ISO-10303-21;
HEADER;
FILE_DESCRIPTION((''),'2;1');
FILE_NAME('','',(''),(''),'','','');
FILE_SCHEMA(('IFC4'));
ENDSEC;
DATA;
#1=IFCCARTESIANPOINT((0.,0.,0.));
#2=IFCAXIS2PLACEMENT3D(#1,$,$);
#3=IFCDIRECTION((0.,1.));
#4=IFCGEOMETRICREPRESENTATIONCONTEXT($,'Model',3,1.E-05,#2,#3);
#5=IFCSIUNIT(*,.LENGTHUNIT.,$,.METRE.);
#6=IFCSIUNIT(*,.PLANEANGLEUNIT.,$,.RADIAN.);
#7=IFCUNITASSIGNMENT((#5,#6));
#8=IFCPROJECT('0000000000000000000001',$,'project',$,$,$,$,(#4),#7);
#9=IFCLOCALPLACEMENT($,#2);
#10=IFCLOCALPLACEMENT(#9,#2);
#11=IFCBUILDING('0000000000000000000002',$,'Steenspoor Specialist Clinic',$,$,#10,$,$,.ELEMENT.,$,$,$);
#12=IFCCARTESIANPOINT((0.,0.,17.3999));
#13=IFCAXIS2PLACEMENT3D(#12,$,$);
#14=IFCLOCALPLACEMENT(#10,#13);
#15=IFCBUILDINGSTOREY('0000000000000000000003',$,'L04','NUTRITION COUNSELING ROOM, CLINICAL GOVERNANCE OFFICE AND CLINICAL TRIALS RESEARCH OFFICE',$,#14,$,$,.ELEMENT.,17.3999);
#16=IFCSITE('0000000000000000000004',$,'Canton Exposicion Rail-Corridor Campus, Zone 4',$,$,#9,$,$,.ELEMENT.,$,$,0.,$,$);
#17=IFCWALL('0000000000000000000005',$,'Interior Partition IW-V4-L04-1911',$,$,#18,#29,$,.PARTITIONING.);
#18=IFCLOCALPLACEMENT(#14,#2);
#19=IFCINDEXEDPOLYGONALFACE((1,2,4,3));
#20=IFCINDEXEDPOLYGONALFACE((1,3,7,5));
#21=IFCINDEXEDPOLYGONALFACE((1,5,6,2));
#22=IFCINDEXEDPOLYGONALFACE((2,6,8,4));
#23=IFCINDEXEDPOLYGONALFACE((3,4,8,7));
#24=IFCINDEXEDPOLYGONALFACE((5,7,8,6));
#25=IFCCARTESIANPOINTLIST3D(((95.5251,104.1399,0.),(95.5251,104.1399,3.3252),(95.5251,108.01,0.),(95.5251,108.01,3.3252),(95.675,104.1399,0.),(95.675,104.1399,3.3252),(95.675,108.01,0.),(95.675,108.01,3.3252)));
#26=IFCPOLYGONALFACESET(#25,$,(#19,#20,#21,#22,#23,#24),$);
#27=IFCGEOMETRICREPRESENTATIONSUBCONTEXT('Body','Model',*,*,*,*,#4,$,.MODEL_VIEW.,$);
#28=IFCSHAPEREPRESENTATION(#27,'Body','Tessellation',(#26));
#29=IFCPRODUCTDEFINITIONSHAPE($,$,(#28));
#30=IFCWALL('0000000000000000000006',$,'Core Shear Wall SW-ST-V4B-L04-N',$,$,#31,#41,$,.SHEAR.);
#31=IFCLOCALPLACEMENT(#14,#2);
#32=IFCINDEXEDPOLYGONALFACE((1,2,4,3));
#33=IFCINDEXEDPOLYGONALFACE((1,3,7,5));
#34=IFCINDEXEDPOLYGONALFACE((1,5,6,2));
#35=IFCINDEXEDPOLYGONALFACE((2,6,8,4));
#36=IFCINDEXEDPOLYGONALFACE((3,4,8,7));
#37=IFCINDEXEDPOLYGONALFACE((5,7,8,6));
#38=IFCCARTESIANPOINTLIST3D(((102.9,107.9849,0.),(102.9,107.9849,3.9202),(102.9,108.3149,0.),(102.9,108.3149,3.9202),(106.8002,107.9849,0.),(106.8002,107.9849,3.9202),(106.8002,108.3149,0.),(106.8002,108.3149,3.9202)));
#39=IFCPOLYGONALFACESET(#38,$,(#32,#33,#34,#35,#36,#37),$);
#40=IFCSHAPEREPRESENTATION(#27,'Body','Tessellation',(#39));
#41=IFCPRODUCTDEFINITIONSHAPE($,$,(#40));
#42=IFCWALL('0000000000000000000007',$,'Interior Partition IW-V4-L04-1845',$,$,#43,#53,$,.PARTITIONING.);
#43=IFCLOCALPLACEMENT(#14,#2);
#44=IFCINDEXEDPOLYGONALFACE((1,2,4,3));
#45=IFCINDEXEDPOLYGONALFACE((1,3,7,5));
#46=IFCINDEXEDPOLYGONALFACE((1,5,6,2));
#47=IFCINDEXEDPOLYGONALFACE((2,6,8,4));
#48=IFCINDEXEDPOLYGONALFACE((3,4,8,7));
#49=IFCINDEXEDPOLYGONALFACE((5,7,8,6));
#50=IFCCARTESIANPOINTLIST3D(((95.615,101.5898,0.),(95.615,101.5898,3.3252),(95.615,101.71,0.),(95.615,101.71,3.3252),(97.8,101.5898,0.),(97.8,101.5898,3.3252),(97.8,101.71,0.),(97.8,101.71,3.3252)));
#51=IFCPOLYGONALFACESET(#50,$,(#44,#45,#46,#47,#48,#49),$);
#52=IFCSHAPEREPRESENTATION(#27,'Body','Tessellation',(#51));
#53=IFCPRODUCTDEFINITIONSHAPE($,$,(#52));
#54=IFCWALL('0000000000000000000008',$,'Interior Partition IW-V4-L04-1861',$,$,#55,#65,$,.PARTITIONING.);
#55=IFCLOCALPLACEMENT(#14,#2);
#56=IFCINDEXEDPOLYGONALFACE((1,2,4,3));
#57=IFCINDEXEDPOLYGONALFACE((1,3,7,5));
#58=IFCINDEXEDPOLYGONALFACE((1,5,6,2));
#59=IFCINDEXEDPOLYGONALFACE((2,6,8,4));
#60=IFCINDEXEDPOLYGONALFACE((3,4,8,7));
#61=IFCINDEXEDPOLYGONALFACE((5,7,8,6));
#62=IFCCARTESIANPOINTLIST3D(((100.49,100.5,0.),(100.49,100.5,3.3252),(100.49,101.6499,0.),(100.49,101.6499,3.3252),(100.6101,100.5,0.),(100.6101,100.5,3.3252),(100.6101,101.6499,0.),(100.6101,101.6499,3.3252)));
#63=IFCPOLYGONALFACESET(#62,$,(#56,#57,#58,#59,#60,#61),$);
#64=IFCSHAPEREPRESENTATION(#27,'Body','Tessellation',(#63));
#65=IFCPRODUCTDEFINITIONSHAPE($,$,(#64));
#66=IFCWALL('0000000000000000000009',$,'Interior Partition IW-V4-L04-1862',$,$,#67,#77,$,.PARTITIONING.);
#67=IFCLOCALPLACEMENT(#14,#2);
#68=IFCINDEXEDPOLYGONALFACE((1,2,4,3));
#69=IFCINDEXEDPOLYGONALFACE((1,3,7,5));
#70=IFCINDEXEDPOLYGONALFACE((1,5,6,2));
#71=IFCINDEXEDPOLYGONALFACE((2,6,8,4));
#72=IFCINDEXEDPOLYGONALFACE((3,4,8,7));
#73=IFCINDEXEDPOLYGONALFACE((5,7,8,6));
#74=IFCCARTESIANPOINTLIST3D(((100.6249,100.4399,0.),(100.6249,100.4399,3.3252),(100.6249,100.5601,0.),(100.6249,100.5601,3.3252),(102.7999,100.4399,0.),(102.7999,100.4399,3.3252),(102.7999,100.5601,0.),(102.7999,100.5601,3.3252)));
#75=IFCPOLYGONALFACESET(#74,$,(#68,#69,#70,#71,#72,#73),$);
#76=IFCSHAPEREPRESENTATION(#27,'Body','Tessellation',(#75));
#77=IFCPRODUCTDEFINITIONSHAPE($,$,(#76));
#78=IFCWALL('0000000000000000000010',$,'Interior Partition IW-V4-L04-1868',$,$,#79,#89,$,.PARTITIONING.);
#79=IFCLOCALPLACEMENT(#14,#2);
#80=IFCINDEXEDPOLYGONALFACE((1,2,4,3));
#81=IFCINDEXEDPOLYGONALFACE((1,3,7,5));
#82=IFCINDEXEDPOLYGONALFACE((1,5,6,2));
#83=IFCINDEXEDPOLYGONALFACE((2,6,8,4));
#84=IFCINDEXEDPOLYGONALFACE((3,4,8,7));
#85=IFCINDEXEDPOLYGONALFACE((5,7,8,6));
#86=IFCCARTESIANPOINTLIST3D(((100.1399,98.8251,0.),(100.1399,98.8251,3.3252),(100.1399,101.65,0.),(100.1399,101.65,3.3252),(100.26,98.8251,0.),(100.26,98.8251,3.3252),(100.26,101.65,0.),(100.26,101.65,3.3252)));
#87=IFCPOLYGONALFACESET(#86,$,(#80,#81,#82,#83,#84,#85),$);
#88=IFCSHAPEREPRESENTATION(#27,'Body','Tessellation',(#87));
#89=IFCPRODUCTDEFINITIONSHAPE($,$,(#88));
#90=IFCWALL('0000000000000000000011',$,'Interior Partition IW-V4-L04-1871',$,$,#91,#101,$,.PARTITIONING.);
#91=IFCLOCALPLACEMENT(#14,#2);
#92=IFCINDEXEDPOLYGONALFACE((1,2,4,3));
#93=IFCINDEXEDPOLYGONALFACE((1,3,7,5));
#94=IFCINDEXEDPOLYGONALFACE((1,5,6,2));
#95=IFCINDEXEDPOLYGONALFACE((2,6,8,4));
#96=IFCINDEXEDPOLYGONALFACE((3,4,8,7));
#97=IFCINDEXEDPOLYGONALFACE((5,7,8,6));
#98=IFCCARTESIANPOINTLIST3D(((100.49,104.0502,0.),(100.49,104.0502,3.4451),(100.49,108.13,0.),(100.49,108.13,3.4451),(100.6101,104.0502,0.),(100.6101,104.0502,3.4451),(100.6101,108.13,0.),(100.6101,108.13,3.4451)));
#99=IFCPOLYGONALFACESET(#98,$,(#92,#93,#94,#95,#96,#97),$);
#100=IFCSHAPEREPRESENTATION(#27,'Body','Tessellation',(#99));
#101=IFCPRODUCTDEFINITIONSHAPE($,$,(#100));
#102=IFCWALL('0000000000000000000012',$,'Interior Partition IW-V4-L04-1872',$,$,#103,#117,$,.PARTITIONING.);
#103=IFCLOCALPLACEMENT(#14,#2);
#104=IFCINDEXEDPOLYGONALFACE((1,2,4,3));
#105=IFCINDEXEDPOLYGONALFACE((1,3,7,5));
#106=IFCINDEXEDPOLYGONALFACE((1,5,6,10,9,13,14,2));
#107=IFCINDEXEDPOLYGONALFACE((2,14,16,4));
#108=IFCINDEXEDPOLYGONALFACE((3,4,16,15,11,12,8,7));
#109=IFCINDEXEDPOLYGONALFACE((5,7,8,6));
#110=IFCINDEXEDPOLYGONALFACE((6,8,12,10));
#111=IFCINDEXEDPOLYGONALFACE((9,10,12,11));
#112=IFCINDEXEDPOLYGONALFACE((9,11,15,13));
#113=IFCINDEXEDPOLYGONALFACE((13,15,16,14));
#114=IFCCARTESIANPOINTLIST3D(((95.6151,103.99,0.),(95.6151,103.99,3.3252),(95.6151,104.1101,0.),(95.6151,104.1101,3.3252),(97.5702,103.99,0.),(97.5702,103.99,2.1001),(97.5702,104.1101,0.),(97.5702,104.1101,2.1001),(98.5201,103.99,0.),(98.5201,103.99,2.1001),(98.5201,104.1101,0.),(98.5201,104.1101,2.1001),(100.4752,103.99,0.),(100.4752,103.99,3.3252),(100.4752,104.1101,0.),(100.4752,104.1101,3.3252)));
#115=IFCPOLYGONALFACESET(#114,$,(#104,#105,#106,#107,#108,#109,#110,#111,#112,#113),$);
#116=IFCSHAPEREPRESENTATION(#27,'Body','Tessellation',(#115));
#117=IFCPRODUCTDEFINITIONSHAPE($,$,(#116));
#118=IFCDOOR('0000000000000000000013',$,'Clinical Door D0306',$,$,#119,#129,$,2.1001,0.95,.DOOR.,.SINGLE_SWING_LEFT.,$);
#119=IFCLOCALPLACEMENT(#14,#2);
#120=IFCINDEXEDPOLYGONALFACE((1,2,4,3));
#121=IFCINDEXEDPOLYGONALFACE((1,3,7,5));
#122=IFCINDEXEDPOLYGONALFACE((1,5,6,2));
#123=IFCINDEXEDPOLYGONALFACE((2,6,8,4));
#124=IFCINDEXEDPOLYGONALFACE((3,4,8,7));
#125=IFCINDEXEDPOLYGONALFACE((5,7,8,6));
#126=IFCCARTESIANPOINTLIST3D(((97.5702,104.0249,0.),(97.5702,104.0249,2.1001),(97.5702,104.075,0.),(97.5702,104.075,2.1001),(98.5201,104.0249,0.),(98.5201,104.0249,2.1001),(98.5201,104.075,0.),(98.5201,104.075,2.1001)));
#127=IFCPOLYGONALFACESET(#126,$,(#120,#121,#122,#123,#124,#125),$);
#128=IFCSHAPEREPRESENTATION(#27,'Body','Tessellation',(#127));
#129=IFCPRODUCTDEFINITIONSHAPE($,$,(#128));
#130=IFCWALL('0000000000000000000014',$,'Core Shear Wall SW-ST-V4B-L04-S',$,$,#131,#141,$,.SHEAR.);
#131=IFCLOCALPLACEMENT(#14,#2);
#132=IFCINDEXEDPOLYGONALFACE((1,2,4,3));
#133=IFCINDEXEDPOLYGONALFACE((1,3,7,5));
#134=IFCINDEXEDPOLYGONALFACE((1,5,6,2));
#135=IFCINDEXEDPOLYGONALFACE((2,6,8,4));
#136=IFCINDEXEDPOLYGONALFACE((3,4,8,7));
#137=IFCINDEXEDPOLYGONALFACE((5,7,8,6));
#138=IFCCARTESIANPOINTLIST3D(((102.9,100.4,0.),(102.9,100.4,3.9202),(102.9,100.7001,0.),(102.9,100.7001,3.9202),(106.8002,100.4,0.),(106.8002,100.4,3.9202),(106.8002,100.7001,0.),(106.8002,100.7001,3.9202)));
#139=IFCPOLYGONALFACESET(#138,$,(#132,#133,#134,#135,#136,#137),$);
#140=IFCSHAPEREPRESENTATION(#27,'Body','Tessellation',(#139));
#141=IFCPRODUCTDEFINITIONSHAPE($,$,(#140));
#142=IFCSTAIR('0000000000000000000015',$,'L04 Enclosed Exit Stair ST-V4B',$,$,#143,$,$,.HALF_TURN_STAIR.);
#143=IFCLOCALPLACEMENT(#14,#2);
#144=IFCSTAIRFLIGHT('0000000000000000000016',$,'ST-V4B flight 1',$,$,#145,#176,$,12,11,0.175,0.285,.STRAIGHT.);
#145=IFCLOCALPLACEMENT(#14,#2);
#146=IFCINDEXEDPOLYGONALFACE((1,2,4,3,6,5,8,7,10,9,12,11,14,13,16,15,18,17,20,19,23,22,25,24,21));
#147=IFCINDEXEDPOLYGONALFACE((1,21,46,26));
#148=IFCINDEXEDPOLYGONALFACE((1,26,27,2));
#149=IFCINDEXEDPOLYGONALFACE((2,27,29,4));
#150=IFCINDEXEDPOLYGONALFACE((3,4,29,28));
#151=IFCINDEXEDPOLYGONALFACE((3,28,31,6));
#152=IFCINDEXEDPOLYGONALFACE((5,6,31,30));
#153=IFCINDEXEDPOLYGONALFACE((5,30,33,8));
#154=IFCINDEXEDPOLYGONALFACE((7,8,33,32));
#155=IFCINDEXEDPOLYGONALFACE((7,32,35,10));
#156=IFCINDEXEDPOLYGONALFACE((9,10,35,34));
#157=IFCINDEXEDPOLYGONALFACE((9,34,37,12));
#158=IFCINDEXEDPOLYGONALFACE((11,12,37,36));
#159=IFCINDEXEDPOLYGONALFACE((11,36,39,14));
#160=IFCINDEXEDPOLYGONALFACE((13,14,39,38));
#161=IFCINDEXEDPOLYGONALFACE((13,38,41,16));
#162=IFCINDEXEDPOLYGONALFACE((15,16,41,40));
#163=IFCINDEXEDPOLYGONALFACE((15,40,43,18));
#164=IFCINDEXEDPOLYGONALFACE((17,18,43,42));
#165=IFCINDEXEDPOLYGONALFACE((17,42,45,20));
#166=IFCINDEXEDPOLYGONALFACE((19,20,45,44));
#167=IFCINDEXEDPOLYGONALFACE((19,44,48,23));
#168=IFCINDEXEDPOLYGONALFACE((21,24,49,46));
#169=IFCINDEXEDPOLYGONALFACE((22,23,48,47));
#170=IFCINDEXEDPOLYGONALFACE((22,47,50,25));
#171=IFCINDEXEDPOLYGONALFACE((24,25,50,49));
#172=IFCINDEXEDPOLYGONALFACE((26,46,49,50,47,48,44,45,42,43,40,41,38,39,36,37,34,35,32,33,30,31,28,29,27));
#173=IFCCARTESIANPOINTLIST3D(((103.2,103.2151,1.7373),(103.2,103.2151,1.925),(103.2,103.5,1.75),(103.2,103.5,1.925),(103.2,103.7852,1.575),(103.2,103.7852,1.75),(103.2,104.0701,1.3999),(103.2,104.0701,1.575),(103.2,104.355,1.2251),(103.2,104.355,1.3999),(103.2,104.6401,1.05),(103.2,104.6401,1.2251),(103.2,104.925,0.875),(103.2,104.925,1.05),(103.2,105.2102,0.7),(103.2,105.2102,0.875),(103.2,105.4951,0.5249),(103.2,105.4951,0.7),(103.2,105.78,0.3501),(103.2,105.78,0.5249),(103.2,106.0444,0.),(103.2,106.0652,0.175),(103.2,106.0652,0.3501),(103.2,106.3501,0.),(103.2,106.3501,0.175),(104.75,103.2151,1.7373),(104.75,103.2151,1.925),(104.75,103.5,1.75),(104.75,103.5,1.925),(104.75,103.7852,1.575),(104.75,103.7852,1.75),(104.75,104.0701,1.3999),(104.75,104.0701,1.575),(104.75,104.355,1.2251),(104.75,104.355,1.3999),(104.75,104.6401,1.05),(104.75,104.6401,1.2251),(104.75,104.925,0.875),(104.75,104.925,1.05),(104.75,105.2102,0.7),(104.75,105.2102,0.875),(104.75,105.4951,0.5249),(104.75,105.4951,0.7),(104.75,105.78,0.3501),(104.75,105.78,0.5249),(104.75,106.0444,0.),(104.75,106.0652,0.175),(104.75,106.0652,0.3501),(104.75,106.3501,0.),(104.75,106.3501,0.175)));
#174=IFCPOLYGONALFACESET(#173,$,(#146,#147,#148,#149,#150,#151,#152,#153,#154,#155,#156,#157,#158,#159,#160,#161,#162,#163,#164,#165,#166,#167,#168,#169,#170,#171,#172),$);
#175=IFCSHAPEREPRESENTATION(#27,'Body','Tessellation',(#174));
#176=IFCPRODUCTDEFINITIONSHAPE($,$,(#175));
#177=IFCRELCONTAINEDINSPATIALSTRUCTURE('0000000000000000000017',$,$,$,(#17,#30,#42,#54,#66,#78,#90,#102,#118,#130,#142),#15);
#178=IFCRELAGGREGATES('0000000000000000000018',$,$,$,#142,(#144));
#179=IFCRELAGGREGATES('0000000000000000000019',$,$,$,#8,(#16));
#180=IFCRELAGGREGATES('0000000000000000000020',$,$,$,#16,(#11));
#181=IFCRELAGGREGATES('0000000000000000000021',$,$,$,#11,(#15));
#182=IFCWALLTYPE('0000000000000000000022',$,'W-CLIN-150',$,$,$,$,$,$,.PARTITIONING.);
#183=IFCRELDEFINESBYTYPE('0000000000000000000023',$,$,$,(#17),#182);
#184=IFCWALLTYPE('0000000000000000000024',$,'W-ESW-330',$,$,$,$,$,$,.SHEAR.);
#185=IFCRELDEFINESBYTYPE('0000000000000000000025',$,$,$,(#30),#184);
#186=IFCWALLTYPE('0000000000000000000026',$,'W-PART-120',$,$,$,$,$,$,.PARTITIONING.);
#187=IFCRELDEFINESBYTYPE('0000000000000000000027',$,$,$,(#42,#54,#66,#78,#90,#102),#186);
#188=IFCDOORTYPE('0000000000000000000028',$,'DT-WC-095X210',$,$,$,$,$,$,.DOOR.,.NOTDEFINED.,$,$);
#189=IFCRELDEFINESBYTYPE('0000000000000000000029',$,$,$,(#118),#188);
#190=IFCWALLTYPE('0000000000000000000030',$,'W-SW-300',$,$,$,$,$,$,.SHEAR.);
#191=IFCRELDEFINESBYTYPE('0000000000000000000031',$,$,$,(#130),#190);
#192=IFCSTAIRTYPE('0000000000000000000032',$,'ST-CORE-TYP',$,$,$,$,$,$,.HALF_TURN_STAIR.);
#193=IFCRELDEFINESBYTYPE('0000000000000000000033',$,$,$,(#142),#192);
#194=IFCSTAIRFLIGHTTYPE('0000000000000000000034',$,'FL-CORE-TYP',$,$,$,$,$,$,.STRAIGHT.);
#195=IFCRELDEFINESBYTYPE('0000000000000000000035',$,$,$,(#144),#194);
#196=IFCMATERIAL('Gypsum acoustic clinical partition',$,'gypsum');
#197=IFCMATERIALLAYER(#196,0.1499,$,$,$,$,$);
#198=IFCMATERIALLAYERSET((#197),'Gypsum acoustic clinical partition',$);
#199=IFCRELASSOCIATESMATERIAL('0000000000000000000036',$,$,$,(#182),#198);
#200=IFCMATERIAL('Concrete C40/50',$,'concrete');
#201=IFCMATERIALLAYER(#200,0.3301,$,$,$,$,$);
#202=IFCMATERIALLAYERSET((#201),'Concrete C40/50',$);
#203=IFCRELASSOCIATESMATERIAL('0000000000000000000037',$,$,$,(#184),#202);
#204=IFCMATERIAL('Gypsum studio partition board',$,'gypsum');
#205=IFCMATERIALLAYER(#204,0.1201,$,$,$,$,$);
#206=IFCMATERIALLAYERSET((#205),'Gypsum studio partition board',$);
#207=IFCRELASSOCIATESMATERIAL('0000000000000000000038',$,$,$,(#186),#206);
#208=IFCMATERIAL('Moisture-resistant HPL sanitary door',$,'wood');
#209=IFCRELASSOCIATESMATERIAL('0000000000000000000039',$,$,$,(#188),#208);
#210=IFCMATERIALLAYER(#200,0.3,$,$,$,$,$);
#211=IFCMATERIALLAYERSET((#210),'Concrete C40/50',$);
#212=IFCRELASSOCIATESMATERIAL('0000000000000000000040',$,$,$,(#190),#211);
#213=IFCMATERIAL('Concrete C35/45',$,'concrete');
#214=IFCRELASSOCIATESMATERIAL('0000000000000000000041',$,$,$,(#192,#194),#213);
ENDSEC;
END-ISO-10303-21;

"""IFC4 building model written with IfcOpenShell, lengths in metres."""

from ifc_helpers import new_model, si_unit, direction, frame, frame_2d, origin, place, context, subcontext, project, spatial, polyline, rectangle, outline, extrude, material, layer, layer_set, type_object, element, fill, aggregate, save


model = new_model("IFC4")

# Units and contexts
model_context = context("Model", 3, precision=1e-05, world=origin(), true_north=direction((0.0, 1.0)))
body_context = subcontext(model_context, "Body", "Model", "MODEL_VIEW")
ifc_project = project(units=[si_unit("LENGTHUNIT", "METRE"), si_unit("PLANEANGLEUNIT", "RADIAN")], contexts=[model_context])

# Site, building, storey
site_placement = place(None, origin())
site = spatial("IfcSite", under=ifc_project, at=site_placement, Name="Canton Exposicion Rail-Corridor Campus, Zone 4", CompositionType="ELEMENT", RefElevation=0.0)
building_placement = place(site_placement, origin())
building = spatial("IfcBuilding", under=site, at=building_placement, Name="Steenspoor Specialist Clinic", CompositionType="ELEMENT")
storey_placement = place(building_placement, frame((0.0, 0.0, 17.3999)))
storey = spatial("IfcBuildingStorey", under=building, at=storey_placement, Name="L04", Description="NUTRITION COUNSELING ROOM, CLINICAL GOVERNANCE OFFICE AND CLINICAL TRIALS RESEARCH OFFICE", CompositionType="ELEMENT", Elevation=17.3999)

# Shared definitions
ifc_material_1 = material(Name="Concrete C40/50", Category="concrete")

# Shared definitions
ifc_material_2 = material(Name="Concrete C35/45", Category="concrete")

# Walls
ifc_material_3 = material(Name="Gypsum acoustic clinical partition", Category="gypsum")
ifc_layer_1 = layer(ifc_material_3, 0.1499)
ifc_layer_set_1 = layer_set([ifc_layer_1], Name="Gypsum acoustic clinical partition")
wall_type_1 = type_object("IfcWallType", Name="W-CLIN-150", PredefinedType="PARTITIONING", material=ifc_layer_set_1)
wall_1_placement = place(storey_placement, frame((95.6001, 104.1399, 0.0), z_axis=(0.0, 0.0, 1.0), x_axis=(0.0, 1.0, 0.0)))
element("IfcWall", 1, at=wall_1_placement, inside=storey, type_object=wall_type_1, Name="Interior Partition IW-V4-L04-1911", PredefinedType="PARTITIONING", context=body_context, shape_type="SweptSolid", body=[
    extrude(rectangle(XDim=3.8701, YDim=0.1499, at=frame_2d((1.9351, 0.0))), origin(), (0.0, 0.0, 1.0), 3.3252),
])
ifc_layer_2 = layer(ifc_material_1, 0.3301)
ifc_layer_set_2 = layer_set([ifc_layer_2], Name="Concrete C40/50")
wall_type_2 = type_object("IfcWallType", Name="W-ESW-330", PredefinedType="SHEAR", material=ifc_layer_set_2)
wall_2_placement = place(storey_placement, frame((102.8999, 108.1499, 0.0), z_axis=(0.0, 0.0, 1.0), x_axis=(1.0, 0.0, 0.0)))
element("IfcWall", 2, at=wall_2_placement, inside=storey, type_object=wall_type_2, Name="Core Shear Wall SW-ST-V4B-L04-N", PredefinedType="SHEAR", context=body_context, shape_type="SweptSolid", body=[
    extrude(rectangle(XDim=3.9001, YDim=0.3301, at=frame_2d((1.9502, 0.0))), origin(), (0.0, 0.0, 1.0), 3.9202),
])
ifc_material_4 = material(Name="Gypsum studio partition board", Category="gypsum")
ifc_layer_3 = layer(ifc_material_4, 0.1201)
ifc_layer_set_3 = layer_set([ifc_layer_3], Name="Gypsum studio partition board")
wall_type_3 = type_object("IfcWallType", Name="W-PART-120", PredefinedType="PARTITIONING", material=ifc_layer_set_3)
wall_3_placement = place(storey_placement, frame((95.615, 101.6499, 0.0), z_axis=(0.0, 0.0, 1.0), x_axis=(1.0, 0.0, 0.0)))
element("IfcWall", 3, at=wall_3_placement, inside=storey, type_object=wall_type_3, Name="Interior Partition IW-V4-L04-1845", PredefinedType="PARTITIONING", context=body_context, shape_type="SweptSolid", body=[
    extrude(rectangle(XDim=2.1851, YDim=0.1201, at=frame_2d((1.0925, 0.0))), origin(), (0.0, 0.0, 1.0), 3.3252),
])
wall_4_placement = place(storey_placement, frame((100.55, 100.5, 0.0), z_axis=(0.0, 0.0, 1.0), x_axis=(0.0, 1.0, 0.0)))
element("IfcWall", 4, at=wall_4_placement, inside=storey, type_object=wall_type_3, Name="Interior Partition IW-V4-L04-1861", PredefinedType="PARTITIONING", context=body_context, shape_type="SweptSolid", body=[
    extrude(rectangle(XDim=1.1499, YDim=0.1201, at=frame_2d((0.575, 0.0))), origin(), (0.0, 0.0, 1.0), 3.3252),
])
wall_5_placement = place(storey_placement, frame((100.625, 100.5, 0.0), z_axis=(0.0, 0.0, 1.0), x_axis=(1.0, 0.0, 0.0)))
element("IfcWall", 5, at=wall_5_placement, inside=storey, type_object=wall_type_3, Name="Interior Partition IW-V4-L04-1862", PredefinedType="PARTITIONING", context=body_context, shape_type="SweptSolid", body=[
    extrude(rectangle(XDim=2.175, YDim=0.1201, at=frame_2d((1.0874, 0.0))), origin(), (0.0, 0.0, 1.0), 3.3252),
])
wall_6_placement = place(storey_placement, frame((100.2, 98.825, 0.0), z_axis=(0.0, 0.0, 1.0), x_axis=(0.0, 1.0, 0.0)))
element("IfcWall", 6, at=wall_6_placement, inside=storey, type_object=wall_type_3, Name="Interior Partition IW-V4-L04-1868", PredefinedType="PARTITIONING", context=body_context, shape_type="SweptSolid", body=[
    extrude(rectangle(XDim=2.825, YDim=0.1201, at=frame_2d((1.4126, 0.0))), origin(), (0.0, 0.0, 1.0), 3.3252),
])
wall_7_placement = place(storey_placement, frame((100.55, 104.05, 0.0), z_axis=(0.0, 0.0, 1.0), x_axis=(0.0, 1.0, 0.0)))
element("IfcWall", 7, at=wall_7_placement, inside=storey, type_object=wall_type_3, Name="Interior Partition IW-V4-L04-1871", PredefinedType="PARTITIONING", context=body_context, shape_type="SweptSolid", body=[
    extrude(rectangle(XDim=4.0798, YDim=0.1201, at=frame_2d((2.04, 0.0))), origin(), (0.0, 0.0, 1.0), 3.4451),
])

# Wall, opening, door
wall_8_placement = place(storey_placement, frame((95.615, 104.05, 0.0), z_axis=(0.0, 0.0, 1.0), x_axis=(1.0, 0.0, 0.0)))
wall_8 = element("IfcWall", 8, at=wall_8_placement, inside=storey, type_object=wall_type_3, Name="Interior Partition IW-V4-L04-1872", PredefinedType="PARTITIONING", context=body_context, shape_type="SweptSolid", body=[
    extrude(rectangle(XDim=4.8601, YDim=0.1201, at=frame_2d((2.4302, 0.0))), origin(), (0.0, 0.0, 1.0), 3.3252),
])
opening_1_placement = place(wall_8_placement, frame((1.9551, 0.0, 0.0)))
opening_1 = element("IfcOpeningElement", 9, at=opening_1_placement, cuts=wall_8, PredefinedType="OPENING", context=body_context, shape_type="SweptSolid", body=[
    extrude(rectangle(XDim=0.95, YDim=2.1001, at=frame_2d((0.4751, 1.05))), frame((0.0, 0.0701, 0.0), z_axis=(0.0, -1.0, 0.0), x_axis=(1.0, 0.0, 0.0)), (0.0, 0.0, 1.0), 0.1401),
])
ifc_material_5 = material(Name="Moisture-resistant HPL sanitary door", Category="wood")
door_type_1 = type_object("IfcDoorType", Name="DT-WC-095X210", OperationType="NOTDEFINED", PredefinedType="DOOR", material=ifc_material_5)
door_1_placement = place(opening_1_placement, origin())
door_1 = element("IfcDoor", 10, at=door_1_placement, inside=storey, type_object=door_type_1, Name="Clinical Door D0306", OperationType="SINGLE_SWING_LEFT", OverallHeight=2.1001, OverallWidth=0.95, PredefinedType="DOOR", context=body_context, shape_type="SweptSolid", body=[
    extrude(rectangle(XDim=0.95, YDim=2.1001, at=frame_2d((0.4751, 1.05))), frame((0.0, 0.0249, 0.0), z_axis=(0.0, -1.0, 0.0), x_axis=(1.0, 0.0, 0.0)), (0.0, 0.0, 1.0), 0.05),
])
fill(opening_1, door_1)

# Wall
ifc_layer_4 = layer(ifc_material_1, 0.3)
ifc_layer_set_4 = layer_set([ifc_layer_4], Name="Concrete C40/50")
wall_type_4 = type_object("IfcWallType", Name="W-SW-300", PredefinedType="SHEAR", material=ifc_layer_set_4)
wall_9_placement = place(storey_placement, frame((102.8999, 100.55, 0.0), z_axis=(0.0, 0.0, 1.0), x_axis=(1.0, 0.0, 0.0)))
element("IfcWall", 11, at=wall_9_placement, inside=storey, type_object=wall_type_4, Name="Core Shear Wall SW-ST-V4B-L04-S", PredefinedType="SHEAR", context=body_context, shape_type="SweptSolid", body=[
    extrude(rectangle(XDim=3.9001, YDim=0.3, at=frame_2d((1.9502, 0.0))), origin(), (0.0, 0.0, 1.0), 3.9202),
])

# Stair, stair flight
stair_type = type_object("IfcStairType", Name="ST-CORE-TYP", PredefinedType="HALF_TURN_STAIR", material=ifc_material_2)
stair_placement = place(storey_placement, origin())
stair = element("IfcStair", 12, at=stair_placement, inside=storey, type_object=stair_type, Name="L04 Enclosed Exit Stair ST-V4B", PredefinedType="HALF_TURN_STAIR")
stair_flight_type = type_object("IfcStairFlightType", Name="FL-CORE-TYP", PredefinedType="STRAIGHT", material=ifc_material_2)
stair_flight_placement = place(storey_placement, frame((103.9751, 106.3501, 0.0), z_axis=(0.0, 0.0, 1.0), x_axis=(0.0, -1.0, 0.0)))
stair_flight = element("IfcStairFlight", 13, at=stair_flight_placement, type_object=stair_flight_type, Name="ST-V4B flight 1", NumberOfRisers=12, NumberOfTreads=11, PredefinedType="STRAIGHT", RiserHeight=0.175, TreadLength=0.285, context=body_context, shape_type="SweptSolid", body=[
    extrude(outline(polyline([(0.0, 0.0), (0.0, 0.175), (0.2849, 0.175), (0.2849, 0.3501), (0.5701, 0.3501), (0.5701, 0.5249), (0.855, 0.5249), (0.855, 0.7), (1.1399, 0.7), (1.1399, 0.875), (1.425, 0.875), (1.425, 1.05), (1.71, 1.05), (1.71, 1.2251), (1.9951, 1.2251), (1.9951, 1.3999), (2.28, 1.3999), (2.28, 1.575), (2.5649, 1.575), (2.5649, 1.75), (2.8501, 1.75), (2.8501, 1.925), (3.135, 1.925), (3.135, 2.1001), (3.135, 1.7373), (0.3057, 0.0), (0.0, 0.0)])), frame((0.0, 0.7749, 0.0), z_axis=(0.0, -1.0, 0.0), x_axis=(1.0, 0.0, 0.0)), (0.0, 0.0, 1.0), 1.55),
])
aggregate(stair, [stair_flight])

save(model, "model.ifc")
